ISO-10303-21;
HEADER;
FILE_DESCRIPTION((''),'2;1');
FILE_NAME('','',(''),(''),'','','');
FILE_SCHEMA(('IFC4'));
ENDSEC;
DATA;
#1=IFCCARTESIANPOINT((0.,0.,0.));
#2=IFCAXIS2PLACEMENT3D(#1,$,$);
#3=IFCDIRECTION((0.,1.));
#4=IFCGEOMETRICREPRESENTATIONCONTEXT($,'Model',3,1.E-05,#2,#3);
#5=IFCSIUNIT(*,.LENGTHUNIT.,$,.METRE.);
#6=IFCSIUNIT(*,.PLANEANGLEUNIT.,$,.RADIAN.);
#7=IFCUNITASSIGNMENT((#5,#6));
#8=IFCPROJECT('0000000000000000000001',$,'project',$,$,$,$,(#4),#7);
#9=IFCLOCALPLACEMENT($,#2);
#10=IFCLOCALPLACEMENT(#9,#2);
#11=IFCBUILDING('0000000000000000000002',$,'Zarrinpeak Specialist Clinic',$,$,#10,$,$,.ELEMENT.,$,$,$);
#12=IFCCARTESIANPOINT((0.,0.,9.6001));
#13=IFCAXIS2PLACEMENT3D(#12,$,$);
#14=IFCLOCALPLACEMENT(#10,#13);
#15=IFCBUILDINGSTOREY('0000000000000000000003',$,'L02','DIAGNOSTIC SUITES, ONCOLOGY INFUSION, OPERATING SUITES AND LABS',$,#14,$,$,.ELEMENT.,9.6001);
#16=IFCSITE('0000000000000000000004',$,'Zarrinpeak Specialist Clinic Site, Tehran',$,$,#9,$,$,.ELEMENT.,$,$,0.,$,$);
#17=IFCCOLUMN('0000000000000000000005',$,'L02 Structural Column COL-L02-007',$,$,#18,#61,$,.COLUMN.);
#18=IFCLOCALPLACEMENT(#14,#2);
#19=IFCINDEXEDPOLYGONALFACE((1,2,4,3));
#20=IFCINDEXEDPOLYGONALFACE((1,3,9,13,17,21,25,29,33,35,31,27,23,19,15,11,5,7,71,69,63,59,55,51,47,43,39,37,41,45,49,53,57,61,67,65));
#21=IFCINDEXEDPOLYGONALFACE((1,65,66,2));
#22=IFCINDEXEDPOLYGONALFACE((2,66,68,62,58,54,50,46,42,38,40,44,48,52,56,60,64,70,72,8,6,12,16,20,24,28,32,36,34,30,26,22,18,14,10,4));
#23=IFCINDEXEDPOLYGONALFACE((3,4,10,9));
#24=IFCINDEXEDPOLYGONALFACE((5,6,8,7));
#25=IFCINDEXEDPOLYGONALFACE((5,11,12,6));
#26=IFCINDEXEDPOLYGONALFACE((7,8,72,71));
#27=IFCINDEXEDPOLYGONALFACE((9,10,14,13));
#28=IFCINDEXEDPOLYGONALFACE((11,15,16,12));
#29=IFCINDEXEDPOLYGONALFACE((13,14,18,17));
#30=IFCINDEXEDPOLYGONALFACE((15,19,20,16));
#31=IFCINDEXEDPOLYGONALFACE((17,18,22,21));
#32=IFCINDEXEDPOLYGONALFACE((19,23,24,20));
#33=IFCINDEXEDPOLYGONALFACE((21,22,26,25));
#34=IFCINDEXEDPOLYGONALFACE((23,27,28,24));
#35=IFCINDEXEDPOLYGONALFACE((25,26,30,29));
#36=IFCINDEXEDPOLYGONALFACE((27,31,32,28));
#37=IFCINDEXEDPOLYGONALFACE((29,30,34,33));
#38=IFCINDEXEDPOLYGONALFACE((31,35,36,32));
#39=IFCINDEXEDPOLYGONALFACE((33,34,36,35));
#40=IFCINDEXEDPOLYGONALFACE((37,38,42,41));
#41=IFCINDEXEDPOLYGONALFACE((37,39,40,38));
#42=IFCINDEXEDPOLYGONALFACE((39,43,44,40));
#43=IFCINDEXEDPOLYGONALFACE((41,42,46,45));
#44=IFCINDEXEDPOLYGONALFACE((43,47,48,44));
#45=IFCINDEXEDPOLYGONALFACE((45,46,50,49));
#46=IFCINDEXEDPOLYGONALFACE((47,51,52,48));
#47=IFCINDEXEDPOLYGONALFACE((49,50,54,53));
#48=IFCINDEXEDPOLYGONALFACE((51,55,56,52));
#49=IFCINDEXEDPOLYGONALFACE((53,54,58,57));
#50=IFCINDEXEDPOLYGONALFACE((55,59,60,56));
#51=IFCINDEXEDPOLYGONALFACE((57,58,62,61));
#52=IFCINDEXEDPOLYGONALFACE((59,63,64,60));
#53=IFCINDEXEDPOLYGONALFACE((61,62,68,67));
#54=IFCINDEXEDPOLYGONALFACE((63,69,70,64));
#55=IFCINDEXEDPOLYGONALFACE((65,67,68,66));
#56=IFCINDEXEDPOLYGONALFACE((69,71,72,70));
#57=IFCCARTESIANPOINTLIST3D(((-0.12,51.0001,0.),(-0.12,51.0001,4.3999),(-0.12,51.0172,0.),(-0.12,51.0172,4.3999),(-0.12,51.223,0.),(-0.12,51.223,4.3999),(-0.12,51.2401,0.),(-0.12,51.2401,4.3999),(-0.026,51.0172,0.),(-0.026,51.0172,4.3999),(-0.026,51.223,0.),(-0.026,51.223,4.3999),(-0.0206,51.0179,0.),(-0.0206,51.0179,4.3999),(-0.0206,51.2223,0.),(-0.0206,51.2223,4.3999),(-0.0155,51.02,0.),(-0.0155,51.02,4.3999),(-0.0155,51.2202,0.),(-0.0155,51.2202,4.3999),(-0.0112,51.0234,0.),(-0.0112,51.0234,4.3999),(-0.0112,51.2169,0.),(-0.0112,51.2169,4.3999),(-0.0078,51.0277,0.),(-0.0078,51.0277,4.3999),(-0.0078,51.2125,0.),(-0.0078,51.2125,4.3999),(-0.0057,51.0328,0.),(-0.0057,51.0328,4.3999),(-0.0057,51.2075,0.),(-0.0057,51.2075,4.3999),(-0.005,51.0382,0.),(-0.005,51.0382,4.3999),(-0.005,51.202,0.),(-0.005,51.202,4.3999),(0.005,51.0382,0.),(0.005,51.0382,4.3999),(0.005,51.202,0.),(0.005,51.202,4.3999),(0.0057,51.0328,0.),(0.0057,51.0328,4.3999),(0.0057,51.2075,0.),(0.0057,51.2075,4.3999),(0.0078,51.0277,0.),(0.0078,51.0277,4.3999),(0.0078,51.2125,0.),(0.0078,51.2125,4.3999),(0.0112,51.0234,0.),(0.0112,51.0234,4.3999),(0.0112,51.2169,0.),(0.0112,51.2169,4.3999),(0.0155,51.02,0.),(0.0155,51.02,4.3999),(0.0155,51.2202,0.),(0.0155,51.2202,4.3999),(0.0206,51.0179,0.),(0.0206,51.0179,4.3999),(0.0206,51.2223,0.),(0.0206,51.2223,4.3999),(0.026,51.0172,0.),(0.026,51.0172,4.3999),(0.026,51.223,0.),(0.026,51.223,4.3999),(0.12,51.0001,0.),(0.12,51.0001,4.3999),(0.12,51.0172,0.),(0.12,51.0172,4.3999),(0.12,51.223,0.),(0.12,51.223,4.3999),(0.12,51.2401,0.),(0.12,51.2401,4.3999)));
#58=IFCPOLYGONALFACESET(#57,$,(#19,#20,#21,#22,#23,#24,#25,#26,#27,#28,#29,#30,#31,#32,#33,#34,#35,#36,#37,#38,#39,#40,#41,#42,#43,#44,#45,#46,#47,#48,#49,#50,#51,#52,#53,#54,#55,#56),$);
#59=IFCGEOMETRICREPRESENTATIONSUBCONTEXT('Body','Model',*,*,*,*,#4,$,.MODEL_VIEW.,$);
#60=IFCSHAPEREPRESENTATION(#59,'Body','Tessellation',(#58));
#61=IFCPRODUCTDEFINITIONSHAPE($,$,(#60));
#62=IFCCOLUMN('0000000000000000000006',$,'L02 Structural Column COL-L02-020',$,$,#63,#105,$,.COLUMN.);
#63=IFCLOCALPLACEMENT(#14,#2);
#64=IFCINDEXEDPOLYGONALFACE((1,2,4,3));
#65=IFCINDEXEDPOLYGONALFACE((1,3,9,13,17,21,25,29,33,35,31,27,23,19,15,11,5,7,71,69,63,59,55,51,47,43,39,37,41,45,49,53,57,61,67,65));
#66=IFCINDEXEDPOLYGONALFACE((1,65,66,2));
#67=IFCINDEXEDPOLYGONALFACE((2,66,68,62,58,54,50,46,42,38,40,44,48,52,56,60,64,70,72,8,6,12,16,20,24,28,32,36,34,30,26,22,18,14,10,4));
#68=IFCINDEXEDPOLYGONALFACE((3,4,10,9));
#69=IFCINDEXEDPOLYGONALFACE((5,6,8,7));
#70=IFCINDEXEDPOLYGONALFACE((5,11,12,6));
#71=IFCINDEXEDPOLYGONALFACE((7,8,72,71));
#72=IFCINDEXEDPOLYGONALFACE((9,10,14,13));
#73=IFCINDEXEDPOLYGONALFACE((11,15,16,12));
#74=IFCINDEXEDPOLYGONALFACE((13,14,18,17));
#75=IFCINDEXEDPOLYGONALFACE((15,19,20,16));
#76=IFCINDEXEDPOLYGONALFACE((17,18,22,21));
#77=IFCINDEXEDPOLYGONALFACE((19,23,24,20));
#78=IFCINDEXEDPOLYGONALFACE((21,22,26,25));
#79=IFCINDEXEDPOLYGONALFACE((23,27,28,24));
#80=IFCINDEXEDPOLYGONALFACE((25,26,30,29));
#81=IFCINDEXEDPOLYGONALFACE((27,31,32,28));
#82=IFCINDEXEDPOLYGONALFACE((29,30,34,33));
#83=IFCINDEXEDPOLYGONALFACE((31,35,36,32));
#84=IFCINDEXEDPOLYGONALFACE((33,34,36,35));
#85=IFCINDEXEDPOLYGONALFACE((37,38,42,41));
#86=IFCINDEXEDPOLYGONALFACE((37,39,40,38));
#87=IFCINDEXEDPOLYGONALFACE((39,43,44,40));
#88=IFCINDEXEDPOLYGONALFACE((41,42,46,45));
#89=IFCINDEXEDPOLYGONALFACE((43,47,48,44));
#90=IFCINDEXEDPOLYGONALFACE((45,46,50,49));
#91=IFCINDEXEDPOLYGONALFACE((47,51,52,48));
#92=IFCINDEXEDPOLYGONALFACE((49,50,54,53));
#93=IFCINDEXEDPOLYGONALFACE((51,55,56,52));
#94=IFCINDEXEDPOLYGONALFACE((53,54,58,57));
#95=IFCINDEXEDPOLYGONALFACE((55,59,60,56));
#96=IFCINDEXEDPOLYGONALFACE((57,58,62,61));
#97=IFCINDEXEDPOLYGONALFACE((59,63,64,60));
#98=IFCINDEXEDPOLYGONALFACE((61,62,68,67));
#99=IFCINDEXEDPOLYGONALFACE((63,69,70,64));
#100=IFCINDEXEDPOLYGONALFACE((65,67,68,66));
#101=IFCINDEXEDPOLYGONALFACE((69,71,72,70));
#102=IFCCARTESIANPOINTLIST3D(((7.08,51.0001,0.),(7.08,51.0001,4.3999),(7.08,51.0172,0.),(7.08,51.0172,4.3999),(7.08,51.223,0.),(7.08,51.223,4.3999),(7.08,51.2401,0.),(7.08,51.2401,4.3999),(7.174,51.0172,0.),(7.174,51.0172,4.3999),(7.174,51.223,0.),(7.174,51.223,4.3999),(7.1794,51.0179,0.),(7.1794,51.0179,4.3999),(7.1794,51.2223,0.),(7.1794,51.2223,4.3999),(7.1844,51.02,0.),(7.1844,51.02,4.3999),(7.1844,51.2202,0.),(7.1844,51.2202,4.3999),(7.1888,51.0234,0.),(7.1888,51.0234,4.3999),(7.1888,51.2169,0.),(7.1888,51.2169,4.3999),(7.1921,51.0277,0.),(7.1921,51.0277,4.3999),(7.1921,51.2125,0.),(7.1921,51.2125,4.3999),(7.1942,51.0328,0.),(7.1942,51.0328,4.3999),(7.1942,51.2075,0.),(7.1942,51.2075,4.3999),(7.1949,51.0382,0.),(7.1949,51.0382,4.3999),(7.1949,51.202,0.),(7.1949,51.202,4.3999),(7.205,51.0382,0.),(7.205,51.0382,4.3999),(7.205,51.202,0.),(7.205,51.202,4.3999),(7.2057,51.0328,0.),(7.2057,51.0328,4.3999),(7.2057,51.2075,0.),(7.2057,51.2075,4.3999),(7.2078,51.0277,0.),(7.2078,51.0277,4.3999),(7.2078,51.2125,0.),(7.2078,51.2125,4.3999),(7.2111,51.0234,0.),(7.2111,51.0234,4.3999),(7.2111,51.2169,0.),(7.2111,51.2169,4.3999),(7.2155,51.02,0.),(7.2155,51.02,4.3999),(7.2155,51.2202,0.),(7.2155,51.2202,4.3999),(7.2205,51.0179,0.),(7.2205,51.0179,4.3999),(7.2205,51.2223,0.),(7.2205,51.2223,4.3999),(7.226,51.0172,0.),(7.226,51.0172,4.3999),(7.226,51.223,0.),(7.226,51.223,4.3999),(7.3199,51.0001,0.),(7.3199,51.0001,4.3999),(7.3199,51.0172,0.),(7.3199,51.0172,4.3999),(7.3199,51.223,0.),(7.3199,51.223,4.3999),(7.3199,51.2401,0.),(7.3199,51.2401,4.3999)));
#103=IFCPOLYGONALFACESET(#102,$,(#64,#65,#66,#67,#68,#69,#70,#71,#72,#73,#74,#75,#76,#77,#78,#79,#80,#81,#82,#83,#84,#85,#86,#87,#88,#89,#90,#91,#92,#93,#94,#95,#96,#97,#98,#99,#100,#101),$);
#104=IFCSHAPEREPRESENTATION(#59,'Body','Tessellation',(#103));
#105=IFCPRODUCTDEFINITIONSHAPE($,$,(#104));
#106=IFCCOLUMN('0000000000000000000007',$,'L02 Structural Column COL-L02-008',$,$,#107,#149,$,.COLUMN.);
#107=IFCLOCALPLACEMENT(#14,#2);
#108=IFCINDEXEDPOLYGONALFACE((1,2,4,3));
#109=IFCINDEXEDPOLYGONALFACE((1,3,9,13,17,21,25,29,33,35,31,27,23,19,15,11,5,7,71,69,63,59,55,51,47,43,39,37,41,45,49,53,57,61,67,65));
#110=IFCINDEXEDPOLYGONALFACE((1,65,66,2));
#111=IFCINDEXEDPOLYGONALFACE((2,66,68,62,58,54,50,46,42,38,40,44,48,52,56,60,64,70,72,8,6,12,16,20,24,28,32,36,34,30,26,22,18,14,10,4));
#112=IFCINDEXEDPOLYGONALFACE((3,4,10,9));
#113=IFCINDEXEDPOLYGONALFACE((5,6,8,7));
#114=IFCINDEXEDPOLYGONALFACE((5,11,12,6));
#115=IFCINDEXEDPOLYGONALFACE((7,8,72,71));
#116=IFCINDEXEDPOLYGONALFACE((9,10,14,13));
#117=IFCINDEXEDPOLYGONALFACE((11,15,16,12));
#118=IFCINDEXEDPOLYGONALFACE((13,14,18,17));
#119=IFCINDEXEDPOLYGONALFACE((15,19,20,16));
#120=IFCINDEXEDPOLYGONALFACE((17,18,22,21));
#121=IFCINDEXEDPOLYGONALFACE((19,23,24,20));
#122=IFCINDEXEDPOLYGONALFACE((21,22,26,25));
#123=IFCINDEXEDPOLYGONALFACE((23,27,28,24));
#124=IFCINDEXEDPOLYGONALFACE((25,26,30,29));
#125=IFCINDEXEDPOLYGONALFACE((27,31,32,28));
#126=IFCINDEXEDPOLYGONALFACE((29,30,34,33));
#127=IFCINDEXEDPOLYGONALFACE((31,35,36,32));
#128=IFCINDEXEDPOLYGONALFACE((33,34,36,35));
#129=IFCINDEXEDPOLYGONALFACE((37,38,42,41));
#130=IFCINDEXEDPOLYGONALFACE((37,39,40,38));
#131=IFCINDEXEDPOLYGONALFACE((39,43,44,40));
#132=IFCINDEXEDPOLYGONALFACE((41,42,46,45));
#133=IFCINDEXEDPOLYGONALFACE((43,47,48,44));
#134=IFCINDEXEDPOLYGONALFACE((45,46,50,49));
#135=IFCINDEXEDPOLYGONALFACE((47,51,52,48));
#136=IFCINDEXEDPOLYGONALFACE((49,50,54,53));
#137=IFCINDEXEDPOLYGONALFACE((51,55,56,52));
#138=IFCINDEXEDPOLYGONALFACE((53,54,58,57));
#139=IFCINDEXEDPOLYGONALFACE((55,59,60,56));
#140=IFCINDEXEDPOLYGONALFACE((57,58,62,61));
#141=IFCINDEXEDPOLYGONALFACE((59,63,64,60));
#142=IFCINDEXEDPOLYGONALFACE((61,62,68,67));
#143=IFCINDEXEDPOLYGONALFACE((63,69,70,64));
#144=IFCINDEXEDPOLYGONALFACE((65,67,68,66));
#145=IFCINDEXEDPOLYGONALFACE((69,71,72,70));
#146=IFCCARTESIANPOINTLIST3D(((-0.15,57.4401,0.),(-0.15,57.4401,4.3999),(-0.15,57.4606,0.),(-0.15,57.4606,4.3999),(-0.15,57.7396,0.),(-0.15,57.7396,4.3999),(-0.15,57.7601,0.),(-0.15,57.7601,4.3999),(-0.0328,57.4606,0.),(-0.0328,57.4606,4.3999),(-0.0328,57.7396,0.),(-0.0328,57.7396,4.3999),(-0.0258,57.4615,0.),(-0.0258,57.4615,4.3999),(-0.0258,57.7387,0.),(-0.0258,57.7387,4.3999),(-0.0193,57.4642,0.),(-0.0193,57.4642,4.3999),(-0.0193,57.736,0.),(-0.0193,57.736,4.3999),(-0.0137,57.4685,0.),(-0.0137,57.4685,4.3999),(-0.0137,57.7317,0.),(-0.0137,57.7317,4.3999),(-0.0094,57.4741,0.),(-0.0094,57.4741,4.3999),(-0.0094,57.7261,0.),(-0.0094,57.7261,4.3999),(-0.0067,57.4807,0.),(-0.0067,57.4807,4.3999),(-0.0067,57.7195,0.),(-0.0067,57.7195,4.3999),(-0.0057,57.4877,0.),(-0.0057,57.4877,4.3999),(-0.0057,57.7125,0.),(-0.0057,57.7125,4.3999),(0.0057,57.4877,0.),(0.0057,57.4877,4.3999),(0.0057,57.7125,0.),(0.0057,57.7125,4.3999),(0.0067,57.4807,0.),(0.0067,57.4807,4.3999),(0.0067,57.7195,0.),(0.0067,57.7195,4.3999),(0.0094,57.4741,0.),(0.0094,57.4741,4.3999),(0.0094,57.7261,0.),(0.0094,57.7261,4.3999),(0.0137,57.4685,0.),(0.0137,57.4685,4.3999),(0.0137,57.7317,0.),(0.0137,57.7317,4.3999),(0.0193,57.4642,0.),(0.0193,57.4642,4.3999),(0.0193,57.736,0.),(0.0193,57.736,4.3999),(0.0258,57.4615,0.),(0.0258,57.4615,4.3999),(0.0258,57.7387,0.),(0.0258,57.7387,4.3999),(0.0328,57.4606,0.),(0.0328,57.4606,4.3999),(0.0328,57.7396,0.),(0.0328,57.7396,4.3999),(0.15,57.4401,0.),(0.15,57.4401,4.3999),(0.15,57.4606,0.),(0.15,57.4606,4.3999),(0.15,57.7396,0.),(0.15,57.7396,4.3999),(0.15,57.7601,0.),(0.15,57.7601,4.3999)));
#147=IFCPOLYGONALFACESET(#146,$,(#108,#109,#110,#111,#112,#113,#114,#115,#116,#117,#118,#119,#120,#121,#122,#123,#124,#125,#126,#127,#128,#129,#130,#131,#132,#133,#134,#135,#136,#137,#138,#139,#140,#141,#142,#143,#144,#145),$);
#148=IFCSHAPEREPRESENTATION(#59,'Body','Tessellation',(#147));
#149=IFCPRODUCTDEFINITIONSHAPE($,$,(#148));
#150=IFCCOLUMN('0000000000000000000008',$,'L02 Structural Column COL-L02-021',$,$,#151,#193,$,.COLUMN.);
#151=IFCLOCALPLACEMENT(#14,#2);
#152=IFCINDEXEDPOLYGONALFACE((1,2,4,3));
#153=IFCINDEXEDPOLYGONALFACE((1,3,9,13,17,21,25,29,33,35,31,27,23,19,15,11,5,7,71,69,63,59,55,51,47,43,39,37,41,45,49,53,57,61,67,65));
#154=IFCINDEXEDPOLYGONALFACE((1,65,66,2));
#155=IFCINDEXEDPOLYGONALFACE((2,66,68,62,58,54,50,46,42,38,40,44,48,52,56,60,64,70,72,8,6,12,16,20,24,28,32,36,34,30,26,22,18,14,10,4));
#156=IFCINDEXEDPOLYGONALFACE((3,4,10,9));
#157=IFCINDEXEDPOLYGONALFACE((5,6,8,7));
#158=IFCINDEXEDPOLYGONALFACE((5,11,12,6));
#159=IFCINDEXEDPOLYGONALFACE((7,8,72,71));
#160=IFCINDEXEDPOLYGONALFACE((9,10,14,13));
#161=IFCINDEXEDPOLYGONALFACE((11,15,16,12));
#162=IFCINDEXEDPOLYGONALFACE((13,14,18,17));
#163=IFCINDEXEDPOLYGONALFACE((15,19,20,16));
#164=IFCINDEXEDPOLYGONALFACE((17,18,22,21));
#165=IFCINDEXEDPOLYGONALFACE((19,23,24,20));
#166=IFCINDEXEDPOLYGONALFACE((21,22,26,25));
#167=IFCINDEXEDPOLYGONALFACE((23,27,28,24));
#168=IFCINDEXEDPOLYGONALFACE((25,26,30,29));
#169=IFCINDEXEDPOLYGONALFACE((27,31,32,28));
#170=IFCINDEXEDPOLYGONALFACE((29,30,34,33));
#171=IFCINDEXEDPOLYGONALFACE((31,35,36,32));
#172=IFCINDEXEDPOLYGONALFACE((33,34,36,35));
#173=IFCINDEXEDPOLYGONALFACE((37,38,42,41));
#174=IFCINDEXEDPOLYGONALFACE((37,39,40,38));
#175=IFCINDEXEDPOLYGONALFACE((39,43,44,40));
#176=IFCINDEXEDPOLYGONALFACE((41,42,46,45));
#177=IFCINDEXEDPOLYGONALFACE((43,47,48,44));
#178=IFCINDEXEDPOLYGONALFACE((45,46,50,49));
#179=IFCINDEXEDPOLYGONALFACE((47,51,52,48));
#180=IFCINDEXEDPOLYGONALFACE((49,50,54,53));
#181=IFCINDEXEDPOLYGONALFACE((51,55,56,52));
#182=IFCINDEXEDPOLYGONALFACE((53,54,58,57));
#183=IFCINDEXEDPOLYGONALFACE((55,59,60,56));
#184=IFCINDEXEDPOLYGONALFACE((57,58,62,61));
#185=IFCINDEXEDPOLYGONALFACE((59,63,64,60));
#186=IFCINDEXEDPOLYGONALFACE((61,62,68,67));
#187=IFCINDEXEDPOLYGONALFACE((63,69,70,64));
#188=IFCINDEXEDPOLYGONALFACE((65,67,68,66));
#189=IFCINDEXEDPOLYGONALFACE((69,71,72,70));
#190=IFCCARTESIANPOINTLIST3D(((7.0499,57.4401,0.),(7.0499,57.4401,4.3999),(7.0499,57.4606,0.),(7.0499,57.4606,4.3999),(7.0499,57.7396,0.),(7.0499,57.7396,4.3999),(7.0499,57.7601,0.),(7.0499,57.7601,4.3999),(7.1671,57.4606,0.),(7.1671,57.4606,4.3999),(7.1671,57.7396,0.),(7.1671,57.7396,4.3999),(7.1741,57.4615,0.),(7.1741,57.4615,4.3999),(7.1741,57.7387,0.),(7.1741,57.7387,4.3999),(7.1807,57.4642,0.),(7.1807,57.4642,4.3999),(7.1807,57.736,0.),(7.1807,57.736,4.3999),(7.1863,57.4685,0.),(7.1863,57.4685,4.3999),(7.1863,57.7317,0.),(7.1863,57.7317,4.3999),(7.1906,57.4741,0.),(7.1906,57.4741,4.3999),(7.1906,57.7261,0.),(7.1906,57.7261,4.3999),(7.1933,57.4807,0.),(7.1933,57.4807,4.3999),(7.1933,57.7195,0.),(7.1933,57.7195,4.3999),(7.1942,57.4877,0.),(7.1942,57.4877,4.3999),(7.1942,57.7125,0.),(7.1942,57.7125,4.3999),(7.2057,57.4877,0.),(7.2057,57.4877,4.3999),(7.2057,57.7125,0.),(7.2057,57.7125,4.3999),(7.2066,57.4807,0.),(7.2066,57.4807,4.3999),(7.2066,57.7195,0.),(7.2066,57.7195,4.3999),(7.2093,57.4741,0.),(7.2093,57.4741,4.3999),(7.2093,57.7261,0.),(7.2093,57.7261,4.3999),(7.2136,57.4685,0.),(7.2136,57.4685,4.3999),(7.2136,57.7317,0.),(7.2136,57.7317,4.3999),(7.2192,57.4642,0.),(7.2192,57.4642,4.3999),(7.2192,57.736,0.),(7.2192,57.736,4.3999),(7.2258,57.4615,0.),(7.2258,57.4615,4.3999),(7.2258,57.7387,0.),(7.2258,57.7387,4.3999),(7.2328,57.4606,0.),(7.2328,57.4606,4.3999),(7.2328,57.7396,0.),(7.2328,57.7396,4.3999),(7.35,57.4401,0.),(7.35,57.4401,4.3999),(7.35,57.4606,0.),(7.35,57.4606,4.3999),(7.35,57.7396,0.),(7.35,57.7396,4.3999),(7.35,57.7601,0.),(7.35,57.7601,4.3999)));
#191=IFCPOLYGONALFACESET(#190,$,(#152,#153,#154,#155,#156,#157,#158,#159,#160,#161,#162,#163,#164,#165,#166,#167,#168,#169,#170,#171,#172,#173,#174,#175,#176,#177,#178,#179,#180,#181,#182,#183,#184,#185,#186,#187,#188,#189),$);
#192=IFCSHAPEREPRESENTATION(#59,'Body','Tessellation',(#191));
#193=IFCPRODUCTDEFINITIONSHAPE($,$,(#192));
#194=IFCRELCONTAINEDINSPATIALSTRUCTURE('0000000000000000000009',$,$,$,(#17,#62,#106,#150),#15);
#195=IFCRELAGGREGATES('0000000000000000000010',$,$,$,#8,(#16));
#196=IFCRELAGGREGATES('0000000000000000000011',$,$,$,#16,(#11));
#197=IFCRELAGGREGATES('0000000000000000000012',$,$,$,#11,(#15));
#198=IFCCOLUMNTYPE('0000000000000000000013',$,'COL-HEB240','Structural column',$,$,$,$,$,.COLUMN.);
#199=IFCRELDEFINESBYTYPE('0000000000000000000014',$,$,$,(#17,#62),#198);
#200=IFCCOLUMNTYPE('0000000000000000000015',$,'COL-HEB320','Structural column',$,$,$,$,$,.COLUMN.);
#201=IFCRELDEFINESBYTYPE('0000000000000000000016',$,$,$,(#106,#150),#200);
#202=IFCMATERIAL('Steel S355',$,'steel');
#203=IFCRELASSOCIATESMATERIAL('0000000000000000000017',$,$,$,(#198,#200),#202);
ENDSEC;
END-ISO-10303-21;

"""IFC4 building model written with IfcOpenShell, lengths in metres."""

from ifc_helpers import new_model, si_unit, direction, frame, origin, origin_2d, place, context, subcontext, project, spatial, i_section, extrude, material, material_profile, profile_set, type_object, element, save


model = new_model("IFC4")

# Units and contexts
model_context = context("Model", 3, precision=1e-05, world=origin(), true_north=direction((0.0, 1.0)))
body_context = subcontext(model_context, "Body", "Model", "MODEL_VIEW")
ifc_project = project(units=[si_unit("LENGTHUNIT", "METRE"), si_unit("PLANEANGLEUNIT", "RADIAN")], contexts=[model_context])

# Site, building, storey
site_placement = place(None, origin())
site = spatial("IfcSite", under=ifc_project, at=site_placement, Name="Zarrinpeak Specialist Clinic Site, Tehran", CompositionType="ELEMENT", RefElevation=0.0)
building_placement = place(site_placement, origin())
building = spatial("IfcBuilding", under=site, at=building_placement, Name="Zarrinpeak Specialist Clinic", CompositionType="ELEMENT")
storey_placement = place(building_placement, frame((0.0, 0.0, 9.6001)))
storey = spatial("IfcBuildingStorey", under=building, at=storey_placement, Name="L02", Description="DIAGNOSTIC SUITES, ONCOLOGY INFUSION, OPERATING SUITES AND LABS", CompositionType="ELEMENT", Elevation=9.6001)

# Columns
ifc_material_1 = material(Name="Steel S355", Category="steel")
ifc_material_profile_1 = material_profile(ifc_material_1, i_section(OverallWidth=0.24, OverallDepth=0.24, WebThickness=0.01, FlangeThickness=0.0171, FilletRadius=0.021, at=origin_2d()), Name="HEB 240")
ifc_profile_set_1 = profile_set([ifc_material_profile_1], Name="Steel S355")
column_type_1 = type_object("IfcColumnType", Name="COL-HEB240", Description="Structural column", PredefinedType="COLUMN", material=ifc_profile_set_1)
for number, where, z_axis, x_axis, name in (
    (1, (0.0, 51.1201, 0.0), (0.0, 0.0, 1.0), (1.0, 0.0, 0.0), "L02 Structural Column COL-L02-007"),
    (2, (7.2, 51.1201, 0.0), (0.0, 0.0, 1.0), (1.0, 0.0, 0.0), "L02 Structural Column COL-L02-020"),
):
    element("IfcColumn", number, at=place(storey_placement, frame(where, z_axis=z_axis, x_axis=x_axis)), inside=storey, type_object=column_type_1, Name=name, PredefinedType="COLUMN", context=body_context, shape_type="SweptSolid", body=[
        extrude(i_section(OverallWidth=0.24, OverallDepth=0.24, WebThickness=0.01, FlangeThickness=0.0171, FilletRadius=0.021, at=origin_2d()), origin(), (0.0, 0.0, 1.0), 4.3999),
    ])
ifc_material_profile_2 = material_profile(ifc_material_1, i_section(OverallWidth=0.3, OverallDepth=0.3201, WebThickness=0.0115, FlangeThickness=0.0205, FilletRadius=0.0271, at=origin_2d()), Name="HEB 320")
ifc_profile_set_2 = profile_set([ifc_material_profile_2], Name="Steel S355")
column_type_2 = type_object("IfcColumnType", Name="COL-HEB320", Description="Structural column", PredefinedType="COLUMN", material=ifc_profile_set_2)
for number, where, z_axis, x_axis, name in (
    (3, (0.0, 57.6001, 0.0), (0.0, 0.0, 1.0), (1.0, 0.0, 0.0), "L02 Structural Column COL-L02-008"),
    (4, (7.2, 57.6001, 0.0), (0.0, 0.0, 1.0), (1.0, 0.0, 0.0), "L02 Structural Column COL-L02-021"),
):
    element("IfcColumn", number, at=place(storey_placement, frame(where, z_axis=z_axis, x_axis=x_axis)), inside=storey, type_object=column_type_2, Name=name, PredefinedType="COLUMN", context=body_context, shape_type="SweptSolid", body=[
        extrude(i_section(OverallWidth=0.3, OverallDepth=0.3201, WebThickness=0.0115, FlangeThickness=0.0205, FilletRadius=0.0271, at=origin_2d()), origin(), (0.0, 0.0, 1.0), 4.3999),
    ])

save(model, "model.ifc")
